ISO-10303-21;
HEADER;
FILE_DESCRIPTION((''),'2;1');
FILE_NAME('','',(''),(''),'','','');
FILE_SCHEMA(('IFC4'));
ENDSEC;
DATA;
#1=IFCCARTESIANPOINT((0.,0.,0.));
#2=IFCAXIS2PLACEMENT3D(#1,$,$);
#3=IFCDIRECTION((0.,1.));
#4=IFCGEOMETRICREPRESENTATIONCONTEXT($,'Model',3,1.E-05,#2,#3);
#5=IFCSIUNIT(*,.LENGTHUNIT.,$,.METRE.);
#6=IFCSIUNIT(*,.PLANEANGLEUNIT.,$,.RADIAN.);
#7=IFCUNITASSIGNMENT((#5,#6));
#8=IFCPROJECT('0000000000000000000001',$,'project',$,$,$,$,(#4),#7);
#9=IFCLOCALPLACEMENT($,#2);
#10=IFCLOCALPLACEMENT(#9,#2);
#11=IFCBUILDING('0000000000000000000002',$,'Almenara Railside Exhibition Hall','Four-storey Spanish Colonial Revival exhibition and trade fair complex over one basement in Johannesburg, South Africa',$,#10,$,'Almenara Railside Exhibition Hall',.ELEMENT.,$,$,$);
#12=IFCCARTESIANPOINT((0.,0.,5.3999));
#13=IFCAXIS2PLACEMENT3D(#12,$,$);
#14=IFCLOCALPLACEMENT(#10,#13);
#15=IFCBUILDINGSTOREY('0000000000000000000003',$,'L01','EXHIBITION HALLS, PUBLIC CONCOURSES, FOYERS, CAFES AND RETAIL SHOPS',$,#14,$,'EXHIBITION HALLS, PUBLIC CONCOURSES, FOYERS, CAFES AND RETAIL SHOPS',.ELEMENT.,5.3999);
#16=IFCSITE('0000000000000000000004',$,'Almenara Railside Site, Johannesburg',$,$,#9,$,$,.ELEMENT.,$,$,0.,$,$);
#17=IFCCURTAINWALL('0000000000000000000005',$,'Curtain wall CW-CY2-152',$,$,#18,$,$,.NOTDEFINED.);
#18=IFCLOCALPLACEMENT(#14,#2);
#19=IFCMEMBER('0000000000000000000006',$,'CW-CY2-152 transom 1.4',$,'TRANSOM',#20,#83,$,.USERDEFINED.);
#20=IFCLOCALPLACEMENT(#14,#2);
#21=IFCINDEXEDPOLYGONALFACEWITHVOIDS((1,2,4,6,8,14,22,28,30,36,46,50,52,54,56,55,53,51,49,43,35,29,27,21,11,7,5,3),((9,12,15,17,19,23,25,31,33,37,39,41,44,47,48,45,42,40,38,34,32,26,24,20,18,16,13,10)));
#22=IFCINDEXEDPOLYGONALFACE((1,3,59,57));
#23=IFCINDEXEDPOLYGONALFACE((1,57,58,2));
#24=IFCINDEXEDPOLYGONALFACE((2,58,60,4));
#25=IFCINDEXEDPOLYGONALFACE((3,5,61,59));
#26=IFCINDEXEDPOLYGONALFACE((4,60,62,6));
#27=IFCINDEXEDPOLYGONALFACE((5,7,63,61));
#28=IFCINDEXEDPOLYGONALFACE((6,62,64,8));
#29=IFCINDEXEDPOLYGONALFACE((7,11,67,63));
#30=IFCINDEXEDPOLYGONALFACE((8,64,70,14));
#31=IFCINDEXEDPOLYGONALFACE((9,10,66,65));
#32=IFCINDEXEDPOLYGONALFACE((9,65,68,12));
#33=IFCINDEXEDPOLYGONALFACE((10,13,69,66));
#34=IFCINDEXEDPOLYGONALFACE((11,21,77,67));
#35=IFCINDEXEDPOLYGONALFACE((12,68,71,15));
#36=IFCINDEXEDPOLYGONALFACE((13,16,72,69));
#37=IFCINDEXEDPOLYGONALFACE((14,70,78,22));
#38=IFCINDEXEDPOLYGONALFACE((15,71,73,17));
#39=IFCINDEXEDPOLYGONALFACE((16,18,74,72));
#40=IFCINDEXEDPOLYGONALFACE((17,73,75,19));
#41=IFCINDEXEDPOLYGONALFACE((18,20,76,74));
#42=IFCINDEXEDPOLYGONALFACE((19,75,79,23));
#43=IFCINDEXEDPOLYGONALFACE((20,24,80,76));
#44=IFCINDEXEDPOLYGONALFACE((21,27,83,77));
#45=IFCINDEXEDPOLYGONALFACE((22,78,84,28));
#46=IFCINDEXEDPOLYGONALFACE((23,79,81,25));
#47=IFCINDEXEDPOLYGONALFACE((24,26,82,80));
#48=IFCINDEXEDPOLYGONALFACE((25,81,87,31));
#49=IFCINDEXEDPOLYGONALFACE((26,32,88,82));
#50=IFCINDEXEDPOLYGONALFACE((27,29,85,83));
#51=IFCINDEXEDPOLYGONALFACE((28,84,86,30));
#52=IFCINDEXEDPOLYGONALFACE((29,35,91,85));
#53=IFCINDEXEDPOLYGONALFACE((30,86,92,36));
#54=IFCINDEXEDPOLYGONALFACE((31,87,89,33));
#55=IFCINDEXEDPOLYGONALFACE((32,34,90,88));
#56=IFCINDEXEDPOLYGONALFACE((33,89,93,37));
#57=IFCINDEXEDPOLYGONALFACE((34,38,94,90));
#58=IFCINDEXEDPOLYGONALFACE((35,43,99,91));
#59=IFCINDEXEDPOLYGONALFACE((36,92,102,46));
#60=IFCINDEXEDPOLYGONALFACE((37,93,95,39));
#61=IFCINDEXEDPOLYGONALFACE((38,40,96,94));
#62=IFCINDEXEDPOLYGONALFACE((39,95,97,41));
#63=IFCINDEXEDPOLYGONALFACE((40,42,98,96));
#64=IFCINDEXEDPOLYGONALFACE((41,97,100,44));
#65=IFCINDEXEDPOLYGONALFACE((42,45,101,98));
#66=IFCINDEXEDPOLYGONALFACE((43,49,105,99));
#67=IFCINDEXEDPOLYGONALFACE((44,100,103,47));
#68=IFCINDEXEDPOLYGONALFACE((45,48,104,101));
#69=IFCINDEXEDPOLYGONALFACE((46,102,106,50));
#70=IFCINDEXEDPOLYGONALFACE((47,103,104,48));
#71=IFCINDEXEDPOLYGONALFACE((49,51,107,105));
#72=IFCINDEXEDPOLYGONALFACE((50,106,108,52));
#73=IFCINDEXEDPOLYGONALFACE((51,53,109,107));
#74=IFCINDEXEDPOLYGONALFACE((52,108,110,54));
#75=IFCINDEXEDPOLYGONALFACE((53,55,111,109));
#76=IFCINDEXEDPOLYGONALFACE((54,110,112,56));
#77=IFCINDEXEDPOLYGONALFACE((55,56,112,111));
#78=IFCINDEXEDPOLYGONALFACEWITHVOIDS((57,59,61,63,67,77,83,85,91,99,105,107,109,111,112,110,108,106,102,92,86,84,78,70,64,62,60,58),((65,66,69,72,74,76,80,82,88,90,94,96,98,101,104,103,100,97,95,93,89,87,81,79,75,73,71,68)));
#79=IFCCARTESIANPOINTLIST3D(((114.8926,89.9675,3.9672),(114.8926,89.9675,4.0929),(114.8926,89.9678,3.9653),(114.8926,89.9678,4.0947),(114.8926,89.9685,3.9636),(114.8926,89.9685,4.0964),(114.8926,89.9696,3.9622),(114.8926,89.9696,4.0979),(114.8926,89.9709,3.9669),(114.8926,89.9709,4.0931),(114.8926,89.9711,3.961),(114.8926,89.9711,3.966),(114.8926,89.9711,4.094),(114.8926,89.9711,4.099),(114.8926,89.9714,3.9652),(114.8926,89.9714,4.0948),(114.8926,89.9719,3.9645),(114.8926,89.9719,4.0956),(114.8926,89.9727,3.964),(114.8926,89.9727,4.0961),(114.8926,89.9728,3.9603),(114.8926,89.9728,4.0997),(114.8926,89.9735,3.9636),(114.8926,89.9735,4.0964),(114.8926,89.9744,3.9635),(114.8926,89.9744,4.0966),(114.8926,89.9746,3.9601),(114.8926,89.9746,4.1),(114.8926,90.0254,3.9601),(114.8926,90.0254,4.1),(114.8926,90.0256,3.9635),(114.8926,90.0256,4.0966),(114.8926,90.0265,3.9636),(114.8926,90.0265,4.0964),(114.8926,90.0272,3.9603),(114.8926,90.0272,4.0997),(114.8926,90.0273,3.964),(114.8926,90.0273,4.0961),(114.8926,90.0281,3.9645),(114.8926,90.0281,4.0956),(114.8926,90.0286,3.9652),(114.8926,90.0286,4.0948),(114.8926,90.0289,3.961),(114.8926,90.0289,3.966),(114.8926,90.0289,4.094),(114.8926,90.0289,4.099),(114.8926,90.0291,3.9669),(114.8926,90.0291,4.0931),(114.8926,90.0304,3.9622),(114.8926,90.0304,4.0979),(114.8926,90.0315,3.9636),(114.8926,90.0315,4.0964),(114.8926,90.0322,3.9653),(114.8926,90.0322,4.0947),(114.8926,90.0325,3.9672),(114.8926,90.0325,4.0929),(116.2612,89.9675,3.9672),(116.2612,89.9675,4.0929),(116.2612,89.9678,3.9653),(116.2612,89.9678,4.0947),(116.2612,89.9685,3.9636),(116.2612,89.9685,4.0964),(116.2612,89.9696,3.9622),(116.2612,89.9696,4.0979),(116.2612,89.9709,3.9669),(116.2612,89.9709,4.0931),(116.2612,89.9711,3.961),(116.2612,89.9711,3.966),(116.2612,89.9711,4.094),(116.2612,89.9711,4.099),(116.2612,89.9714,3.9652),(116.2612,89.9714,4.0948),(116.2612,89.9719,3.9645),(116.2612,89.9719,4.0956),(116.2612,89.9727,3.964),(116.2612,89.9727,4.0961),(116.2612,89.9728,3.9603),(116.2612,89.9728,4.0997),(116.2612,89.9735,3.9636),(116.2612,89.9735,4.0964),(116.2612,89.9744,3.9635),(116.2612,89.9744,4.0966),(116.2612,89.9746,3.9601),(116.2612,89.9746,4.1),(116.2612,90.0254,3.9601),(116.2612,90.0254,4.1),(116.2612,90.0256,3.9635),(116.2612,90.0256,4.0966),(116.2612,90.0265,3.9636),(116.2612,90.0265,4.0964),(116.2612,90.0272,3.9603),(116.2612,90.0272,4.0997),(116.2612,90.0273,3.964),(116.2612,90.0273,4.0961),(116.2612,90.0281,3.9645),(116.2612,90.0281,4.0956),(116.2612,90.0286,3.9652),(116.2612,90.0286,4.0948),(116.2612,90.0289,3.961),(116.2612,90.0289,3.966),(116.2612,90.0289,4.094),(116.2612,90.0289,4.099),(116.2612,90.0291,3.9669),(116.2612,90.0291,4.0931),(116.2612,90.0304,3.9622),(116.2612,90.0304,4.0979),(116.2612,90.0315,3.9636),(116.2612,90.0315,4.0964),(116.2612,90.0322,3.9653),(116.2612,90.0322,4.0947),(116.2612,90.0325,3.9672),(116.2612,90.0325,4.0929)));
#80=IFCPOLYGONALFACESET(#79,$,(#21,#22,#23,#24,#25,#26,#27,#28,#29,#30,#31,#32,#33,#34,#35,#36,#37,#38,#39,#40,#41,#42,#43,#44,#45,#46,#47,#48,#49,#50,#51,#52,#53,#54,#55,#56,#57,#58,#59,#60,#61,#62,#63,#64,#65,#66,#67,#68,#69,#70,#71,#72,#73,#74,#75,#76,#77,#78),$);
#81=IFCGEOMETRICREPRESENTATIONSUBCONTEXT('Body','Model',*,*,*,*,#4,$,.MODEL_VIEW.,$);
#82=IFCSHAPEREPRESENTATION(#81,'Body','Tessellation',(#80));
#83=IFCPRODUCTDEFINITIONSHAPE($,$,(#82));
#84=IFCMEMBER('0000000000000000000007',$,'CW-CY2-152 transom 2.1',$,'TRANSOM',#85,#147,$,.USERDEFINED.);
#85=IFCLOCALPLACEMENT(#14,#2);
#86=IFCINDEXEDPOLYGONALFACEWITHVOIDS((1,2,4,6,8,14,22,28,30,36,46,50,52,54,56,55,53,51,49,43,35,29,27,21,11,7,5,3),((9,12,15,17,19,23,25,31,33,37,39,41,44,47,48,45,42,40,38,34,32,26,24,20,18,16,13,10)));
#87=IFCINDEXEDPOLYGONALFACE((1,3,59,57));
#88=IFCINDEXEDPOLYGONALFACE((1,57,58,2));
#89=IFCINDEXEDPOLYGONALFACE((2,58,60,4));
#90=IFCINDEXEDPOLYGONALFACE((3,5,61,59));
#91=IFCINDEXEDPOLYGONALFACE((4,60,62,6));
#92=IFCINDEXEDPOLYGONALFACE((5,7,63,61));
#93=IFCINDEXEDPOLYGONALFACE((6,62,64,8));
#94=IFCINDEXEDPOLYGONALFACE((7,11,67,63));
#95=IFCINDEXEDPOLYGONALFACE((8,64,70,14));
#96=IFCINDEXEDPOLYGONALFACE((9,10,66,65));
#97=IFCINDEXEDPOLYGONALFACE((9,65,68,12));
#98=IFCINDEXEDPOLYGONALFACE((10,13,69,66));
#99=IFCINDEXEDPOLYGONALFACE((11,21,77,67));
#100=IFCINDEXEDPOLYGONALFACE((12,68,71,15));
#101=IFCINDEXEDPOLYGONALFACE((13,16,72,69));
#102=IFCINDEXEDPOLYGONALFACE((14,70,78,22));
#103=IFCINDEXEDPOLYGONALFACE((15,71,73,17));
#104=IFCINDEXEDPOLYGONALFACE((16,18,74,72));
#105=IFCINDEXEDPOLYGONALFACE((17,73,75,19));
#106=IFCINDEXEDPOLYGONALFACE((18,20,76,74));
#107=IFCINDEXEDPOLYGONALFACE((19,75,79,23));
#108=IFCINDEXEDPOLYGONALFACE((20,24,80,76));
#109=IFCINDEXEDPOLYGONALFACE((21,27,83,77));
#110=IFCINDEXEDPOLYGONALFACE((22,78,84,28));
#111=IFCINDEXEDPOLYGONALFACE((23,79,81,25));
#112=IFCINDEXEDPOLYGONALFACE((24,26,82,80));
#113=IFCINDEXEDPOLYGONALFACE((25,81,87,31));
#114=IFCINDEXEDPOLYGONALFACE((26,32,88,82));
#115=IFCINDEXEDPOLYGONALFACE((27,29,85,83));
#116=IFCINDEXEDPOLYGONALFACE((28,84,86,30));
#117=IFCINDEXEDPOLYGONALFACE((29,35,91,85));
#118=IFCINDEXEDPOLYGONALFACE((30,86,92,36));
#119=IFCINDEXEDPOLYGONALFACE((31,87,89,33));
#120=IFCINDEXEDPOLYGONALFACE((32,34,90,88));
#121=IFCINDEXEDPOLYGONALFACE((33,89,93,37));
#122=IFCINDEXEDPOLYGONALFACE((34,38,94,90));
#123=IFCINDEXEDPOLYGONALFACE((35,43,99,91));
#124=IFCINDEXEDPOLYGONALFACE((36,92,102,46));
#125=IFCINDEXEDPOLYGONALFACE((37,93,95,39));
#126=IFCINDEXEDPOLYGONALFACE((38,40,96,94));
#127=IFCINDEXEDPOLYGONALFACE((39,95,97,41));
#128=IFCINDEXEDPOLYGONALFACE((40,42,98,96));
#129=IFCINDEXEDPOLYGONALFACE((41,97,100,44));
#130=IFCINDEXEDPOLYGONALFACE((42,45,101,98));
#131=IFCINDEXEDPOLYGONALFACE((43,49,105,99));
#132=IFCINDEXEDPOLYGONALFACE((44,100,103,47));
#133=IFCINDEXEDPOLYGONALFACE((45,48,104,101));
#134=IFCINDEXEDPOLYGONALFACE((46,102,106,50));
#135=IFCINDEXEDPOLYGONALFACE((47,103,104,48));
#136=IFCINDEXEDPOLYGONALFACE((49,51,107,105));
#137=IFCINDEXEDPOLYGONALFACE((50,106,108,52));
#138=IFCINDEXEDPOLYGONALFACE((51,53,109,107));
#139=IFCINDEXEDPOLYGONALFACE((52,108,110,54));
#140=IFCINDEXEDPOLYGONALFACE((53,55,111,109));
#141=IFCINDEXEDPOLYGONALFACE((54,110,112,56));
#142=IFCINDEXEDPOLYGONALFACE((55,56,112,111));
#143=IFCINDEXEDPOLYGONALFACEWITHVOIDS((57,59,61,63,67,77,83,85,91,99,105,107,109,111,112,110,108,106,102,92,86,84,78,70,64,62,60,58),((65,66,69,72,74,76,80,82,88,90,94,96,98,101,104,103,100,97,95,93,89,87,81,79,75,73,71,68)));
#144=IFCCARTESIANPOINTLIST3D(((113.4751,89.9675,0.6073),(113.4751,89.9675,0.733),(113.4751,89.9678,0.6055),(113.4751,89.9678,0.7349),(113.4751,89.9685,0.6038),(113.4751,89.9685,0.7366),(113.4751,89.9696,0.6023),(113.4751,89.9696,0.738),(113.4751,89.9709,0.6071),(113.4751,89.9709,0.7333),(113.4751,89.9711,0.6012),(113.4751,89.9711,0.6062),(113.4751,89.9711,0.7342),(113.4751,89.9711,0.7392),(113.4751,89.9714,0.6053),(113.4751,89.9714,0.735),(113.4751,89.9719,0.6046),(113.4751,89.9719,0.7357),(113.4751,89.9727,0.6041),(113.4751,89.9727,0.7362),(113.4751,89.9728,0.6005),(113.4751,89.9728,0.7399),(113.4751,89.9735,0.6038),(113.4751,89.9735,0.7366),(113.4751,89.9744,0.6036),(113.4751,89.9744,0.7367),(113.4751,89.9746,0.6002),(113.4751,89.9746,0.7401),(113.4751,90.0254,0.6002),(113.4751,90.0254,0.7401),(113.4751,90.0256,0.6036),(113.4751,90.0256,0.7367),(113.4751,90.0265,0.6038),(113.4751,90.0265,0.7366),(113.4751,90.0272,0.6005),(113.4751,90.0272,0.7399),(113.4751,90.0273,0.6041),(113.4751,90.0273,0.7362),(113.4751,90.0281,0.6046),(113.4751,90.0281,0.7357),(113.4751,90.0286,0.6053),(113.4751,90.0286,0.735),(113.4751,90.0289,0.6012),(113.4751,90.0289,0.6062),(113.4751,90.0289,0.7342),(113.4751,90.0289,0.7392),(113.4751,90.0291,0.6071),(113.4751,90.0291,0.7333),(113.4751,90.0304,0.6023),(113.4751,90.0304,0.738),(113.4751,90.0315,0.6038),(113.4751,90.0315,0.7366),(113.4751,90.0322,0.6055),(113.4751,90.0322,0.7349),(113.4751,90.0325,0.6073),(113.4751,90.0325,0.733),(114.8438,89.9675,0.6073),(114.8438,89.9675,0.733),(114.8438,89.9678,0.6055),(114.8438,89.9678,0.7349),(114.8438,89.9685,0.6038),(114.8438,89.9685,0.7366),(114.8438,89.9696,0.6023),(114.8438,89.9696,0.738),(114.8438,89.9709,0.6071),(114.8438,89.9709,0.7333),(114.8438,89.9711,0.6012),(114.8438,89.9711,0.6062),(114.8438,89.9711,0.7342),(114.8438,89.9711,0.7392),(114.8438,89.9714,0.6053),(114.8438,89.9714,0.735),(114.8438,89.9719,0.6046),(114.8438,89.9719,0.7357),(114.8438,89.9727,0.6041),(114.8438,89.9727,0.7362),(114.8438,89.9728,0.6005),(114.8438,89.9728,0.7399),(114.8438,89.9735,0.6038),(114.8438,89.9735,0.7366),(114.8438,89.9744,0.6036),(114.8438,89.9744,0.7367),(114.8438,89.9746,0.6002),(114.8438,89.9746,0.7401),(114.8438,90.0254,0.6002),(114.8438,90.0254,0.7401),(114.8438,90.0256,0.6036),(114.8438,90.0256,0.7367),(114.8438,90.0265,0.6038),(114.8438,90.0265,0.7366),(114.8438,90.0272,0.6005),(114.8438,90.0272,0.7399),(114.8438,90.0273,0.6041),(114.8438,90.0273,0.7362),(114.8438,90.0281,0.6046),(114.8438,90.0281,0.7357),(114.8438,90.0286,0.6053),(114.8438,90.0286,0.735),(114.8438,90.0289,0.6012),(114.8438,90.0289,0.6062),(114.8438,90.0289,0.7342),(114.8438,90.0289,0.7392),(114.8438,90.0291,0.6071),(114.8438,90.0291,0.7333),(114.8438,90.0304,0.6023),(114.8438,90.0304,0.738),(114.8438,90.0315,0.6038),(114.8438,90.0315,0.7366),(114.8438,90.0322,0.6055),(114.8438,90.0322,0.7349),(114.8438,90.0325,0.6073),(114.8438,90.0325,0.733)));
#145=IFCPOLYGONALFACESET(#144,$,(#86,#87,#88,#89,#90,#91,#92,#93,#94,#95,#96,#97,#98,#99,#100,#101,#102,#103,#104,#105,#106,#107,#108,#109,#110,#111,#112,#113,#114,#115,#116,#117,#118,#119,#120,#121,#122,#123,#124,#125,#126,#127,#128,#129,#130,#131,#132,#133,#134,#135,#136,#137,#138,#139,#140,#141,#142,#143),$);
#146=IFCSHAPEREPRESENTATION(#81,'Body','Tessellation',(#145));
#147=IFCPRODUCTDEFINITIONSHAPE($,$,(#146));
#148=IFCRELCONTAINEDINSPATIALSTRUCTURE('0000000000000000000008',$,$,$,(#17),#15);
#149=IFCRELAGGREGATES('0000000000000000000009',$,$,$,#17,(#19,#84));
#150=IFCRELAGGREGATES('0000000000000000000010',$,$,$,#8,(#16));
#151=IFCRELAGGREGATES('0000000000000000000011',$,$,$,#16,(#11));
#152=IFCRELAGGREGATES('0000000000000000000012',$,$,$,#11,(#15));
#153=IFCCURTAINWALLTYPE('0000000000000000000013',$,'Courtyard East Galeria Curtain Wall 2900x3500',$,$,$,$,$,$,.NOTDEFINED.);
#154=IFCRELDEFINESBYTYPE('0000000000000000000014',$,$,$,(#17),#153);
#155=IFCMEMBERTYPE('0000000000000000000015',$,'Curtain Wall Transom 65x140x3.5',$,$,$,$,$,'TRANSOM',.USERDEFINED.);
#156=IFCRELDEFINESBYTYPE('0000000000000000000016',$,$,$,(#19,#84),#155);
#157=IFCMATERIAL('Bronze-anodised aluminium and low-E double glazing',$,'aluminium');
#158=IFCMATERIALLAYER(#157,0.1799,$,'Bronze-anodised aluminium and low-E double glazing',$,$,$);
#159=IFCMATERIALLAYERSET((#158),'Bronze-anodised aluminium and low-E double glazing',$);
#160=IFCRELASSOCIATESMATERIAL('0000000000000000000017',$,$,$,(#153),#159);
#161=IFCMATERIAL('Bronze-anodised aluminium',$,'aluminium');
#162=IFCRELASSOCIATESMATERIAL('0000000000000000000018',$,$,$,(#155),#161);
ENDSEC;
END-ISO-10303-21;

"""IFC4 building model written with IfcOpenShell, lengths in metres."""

from ifc_helpers import new_model, si_unit, direction, frame, origin, origin_2d, place, context, subcontext, project, spatial, hollow_rectangle, extrude, material, layer, layer_set, material_profile, profile_set, type_object, element, aggregate, save


model = new_model("IFC4")

# Units and contexts
model_context = context("Model", 3, precision=1e-05, world=origin(), true_north=direction((0.0, 1.0)))
body_context = subcontext(model_context, "Body", "Model", "MODEL_VIEW")
ifc_project = project(units=[si_unit("LENGTHUNIT", "METRE"), si_unit("PLANEANGLEUNIT", "RADIAN")], contexts=[model_context])

# Site, building, storey
site_placement = place(None, origin())
site = spatial("IfcSite", under=ifc_project, at=site_placement, Name="Almenara Railside Site, Johannesburg", CompositionType="ELEMENT", RefElevation=0.0)
building_placement = place(site_placement, origin())
building = spatial("IfcBuilding", under=site, at=building_placement, Name="Almenara Railside Exhibition Hall", Description="Four-storey Spanish Colonial Revival exhibition and trade fair complex over one basement in Johannesburg, South Africa", LongName="Almenara Railside Exhibition Hall", CompositionType="ELEMENT")
storey_placement = place(building_placement, frame((0.0, 0.0, 5.3999)))
storey = spatial("IfcBuildingStorey", under=building, at=storey_placement, Name="L01", Description="EXHIBITION HALLS, PUBLIC CONCOURSES, FOYERS, CAFES AND RETAIL SHOPS", LongName="EXHIBITION HALLS, PUBLIC CONCOURSES, FOYERS, CAFES AND RETAIL SHOPS", CompositionType="ELEMENT", Elevation=5.3999)

# Shared definitions
ifc_material_1 = material(Name="Bronze-anodised aluminium and low-E double glazing", Category="aluminium")
ifc_layer_1 = layer(ifc_material_1, 0.1799, Name="Bronze-anodised aluminium and low-E double glazing")
ifc_layer_set_1 = layer_set([ifc_layer_1], Name="Bronze-anodised aluminium and low-E double glazing")
curtain_wall_type = type_object("IfcCurtainWallType", Name="Courtyard East Galeria Curtain Wall 2900x3500", PredefinedType="NOTDEFINED", material=ifc_layer_set_1)
ifc_material_2 = material(Name="Bronze-anodised aluminium", Category="aluminium")

# Curtain wall
curtain_wall_1_placement = place(storey_placement, origin())
curtain_wall_1 = element("IfcCurtainWall", 1, at=curtain_wall_1_placement, inside=storey, type_object=curtain_wall_type, Name="Curtain wall CW-CY2-152", PredefinedType="NOTDEFINED")

# Members
ifc_material_profile_1 = material_profile(ifc_material_2, hollow_rectangle(XDim=0.0649, YDim=0.1399, WallThickness=0.0034, InnerFilletRadius=0.0034, OuterFilletRadius=0.0071, at=origin_2d()), Name="ALU-TRN 65x140x3.5")
ifc_profile_set_1 = profile_set([ifc_material_profile_1], Name="Bronze-anodised aluminium")
member_type_1 = type_object("IfcMemberType", Name="Curtain Wall Transom 65x140x3.5", ElementType="TRANSOM", PredefinedType="USERDEFINED", material=ifc_profile_set_1)
member_1_placement = place(storey_placement, frame((116.2612, 90.0, 4.03), z_axis=(-1.0, 0.0, 0.0), x_axis=(0.0, -1.0, 0.0)))
member_1 = element("IfcMember", 2, at=member_1_placement, type_object=member_type_1, Name="CW-CY2-152 transom 1.4", ObjectType="TRANSOM", PredefinedType="USERDEFINED", context=body_context, shape_type="SweptSolid", body=[
    extrude(hollow_rectangle(XDim=0.0649, YDim=0.1399, WallThickness=0.0034, InnerFilletRadius=0.0034, OuterFilletRadius=0.0071, at=origin_2d()), origin(), (0.0, 0.0, 1.0), 1.3687),
])
member_2_placement = place(storey_placement, frame((114.8438, 90.0, 0.6702), z_axis=(-1.0, 0.0, 0.0), x_axis=(0.0, -1.0, 0.0)))
member_2 = element("IfcMember", 3, at=member_2_placement, type_object=member_type_1, Name="CW-CY2-152 transom 2.1", ObjectType="TRANSOM", PredefinedType="USERDEFINED", context=body_context, shape_type="SweptSolid", body=[
    extrude(hollow_rectangle(XDim=0.0649, YDim=0.1399, WallThickness=0.0034, InnerFilletRadius=0.0034, OuterFilletRadius=0.0071, at=origin_2d()), origin(), (0.0, 0.0, 1.0), 1.3687),
])

aggregate(curtain_wall_1, [member_1, member_2])

save(model, "model.ifc")
